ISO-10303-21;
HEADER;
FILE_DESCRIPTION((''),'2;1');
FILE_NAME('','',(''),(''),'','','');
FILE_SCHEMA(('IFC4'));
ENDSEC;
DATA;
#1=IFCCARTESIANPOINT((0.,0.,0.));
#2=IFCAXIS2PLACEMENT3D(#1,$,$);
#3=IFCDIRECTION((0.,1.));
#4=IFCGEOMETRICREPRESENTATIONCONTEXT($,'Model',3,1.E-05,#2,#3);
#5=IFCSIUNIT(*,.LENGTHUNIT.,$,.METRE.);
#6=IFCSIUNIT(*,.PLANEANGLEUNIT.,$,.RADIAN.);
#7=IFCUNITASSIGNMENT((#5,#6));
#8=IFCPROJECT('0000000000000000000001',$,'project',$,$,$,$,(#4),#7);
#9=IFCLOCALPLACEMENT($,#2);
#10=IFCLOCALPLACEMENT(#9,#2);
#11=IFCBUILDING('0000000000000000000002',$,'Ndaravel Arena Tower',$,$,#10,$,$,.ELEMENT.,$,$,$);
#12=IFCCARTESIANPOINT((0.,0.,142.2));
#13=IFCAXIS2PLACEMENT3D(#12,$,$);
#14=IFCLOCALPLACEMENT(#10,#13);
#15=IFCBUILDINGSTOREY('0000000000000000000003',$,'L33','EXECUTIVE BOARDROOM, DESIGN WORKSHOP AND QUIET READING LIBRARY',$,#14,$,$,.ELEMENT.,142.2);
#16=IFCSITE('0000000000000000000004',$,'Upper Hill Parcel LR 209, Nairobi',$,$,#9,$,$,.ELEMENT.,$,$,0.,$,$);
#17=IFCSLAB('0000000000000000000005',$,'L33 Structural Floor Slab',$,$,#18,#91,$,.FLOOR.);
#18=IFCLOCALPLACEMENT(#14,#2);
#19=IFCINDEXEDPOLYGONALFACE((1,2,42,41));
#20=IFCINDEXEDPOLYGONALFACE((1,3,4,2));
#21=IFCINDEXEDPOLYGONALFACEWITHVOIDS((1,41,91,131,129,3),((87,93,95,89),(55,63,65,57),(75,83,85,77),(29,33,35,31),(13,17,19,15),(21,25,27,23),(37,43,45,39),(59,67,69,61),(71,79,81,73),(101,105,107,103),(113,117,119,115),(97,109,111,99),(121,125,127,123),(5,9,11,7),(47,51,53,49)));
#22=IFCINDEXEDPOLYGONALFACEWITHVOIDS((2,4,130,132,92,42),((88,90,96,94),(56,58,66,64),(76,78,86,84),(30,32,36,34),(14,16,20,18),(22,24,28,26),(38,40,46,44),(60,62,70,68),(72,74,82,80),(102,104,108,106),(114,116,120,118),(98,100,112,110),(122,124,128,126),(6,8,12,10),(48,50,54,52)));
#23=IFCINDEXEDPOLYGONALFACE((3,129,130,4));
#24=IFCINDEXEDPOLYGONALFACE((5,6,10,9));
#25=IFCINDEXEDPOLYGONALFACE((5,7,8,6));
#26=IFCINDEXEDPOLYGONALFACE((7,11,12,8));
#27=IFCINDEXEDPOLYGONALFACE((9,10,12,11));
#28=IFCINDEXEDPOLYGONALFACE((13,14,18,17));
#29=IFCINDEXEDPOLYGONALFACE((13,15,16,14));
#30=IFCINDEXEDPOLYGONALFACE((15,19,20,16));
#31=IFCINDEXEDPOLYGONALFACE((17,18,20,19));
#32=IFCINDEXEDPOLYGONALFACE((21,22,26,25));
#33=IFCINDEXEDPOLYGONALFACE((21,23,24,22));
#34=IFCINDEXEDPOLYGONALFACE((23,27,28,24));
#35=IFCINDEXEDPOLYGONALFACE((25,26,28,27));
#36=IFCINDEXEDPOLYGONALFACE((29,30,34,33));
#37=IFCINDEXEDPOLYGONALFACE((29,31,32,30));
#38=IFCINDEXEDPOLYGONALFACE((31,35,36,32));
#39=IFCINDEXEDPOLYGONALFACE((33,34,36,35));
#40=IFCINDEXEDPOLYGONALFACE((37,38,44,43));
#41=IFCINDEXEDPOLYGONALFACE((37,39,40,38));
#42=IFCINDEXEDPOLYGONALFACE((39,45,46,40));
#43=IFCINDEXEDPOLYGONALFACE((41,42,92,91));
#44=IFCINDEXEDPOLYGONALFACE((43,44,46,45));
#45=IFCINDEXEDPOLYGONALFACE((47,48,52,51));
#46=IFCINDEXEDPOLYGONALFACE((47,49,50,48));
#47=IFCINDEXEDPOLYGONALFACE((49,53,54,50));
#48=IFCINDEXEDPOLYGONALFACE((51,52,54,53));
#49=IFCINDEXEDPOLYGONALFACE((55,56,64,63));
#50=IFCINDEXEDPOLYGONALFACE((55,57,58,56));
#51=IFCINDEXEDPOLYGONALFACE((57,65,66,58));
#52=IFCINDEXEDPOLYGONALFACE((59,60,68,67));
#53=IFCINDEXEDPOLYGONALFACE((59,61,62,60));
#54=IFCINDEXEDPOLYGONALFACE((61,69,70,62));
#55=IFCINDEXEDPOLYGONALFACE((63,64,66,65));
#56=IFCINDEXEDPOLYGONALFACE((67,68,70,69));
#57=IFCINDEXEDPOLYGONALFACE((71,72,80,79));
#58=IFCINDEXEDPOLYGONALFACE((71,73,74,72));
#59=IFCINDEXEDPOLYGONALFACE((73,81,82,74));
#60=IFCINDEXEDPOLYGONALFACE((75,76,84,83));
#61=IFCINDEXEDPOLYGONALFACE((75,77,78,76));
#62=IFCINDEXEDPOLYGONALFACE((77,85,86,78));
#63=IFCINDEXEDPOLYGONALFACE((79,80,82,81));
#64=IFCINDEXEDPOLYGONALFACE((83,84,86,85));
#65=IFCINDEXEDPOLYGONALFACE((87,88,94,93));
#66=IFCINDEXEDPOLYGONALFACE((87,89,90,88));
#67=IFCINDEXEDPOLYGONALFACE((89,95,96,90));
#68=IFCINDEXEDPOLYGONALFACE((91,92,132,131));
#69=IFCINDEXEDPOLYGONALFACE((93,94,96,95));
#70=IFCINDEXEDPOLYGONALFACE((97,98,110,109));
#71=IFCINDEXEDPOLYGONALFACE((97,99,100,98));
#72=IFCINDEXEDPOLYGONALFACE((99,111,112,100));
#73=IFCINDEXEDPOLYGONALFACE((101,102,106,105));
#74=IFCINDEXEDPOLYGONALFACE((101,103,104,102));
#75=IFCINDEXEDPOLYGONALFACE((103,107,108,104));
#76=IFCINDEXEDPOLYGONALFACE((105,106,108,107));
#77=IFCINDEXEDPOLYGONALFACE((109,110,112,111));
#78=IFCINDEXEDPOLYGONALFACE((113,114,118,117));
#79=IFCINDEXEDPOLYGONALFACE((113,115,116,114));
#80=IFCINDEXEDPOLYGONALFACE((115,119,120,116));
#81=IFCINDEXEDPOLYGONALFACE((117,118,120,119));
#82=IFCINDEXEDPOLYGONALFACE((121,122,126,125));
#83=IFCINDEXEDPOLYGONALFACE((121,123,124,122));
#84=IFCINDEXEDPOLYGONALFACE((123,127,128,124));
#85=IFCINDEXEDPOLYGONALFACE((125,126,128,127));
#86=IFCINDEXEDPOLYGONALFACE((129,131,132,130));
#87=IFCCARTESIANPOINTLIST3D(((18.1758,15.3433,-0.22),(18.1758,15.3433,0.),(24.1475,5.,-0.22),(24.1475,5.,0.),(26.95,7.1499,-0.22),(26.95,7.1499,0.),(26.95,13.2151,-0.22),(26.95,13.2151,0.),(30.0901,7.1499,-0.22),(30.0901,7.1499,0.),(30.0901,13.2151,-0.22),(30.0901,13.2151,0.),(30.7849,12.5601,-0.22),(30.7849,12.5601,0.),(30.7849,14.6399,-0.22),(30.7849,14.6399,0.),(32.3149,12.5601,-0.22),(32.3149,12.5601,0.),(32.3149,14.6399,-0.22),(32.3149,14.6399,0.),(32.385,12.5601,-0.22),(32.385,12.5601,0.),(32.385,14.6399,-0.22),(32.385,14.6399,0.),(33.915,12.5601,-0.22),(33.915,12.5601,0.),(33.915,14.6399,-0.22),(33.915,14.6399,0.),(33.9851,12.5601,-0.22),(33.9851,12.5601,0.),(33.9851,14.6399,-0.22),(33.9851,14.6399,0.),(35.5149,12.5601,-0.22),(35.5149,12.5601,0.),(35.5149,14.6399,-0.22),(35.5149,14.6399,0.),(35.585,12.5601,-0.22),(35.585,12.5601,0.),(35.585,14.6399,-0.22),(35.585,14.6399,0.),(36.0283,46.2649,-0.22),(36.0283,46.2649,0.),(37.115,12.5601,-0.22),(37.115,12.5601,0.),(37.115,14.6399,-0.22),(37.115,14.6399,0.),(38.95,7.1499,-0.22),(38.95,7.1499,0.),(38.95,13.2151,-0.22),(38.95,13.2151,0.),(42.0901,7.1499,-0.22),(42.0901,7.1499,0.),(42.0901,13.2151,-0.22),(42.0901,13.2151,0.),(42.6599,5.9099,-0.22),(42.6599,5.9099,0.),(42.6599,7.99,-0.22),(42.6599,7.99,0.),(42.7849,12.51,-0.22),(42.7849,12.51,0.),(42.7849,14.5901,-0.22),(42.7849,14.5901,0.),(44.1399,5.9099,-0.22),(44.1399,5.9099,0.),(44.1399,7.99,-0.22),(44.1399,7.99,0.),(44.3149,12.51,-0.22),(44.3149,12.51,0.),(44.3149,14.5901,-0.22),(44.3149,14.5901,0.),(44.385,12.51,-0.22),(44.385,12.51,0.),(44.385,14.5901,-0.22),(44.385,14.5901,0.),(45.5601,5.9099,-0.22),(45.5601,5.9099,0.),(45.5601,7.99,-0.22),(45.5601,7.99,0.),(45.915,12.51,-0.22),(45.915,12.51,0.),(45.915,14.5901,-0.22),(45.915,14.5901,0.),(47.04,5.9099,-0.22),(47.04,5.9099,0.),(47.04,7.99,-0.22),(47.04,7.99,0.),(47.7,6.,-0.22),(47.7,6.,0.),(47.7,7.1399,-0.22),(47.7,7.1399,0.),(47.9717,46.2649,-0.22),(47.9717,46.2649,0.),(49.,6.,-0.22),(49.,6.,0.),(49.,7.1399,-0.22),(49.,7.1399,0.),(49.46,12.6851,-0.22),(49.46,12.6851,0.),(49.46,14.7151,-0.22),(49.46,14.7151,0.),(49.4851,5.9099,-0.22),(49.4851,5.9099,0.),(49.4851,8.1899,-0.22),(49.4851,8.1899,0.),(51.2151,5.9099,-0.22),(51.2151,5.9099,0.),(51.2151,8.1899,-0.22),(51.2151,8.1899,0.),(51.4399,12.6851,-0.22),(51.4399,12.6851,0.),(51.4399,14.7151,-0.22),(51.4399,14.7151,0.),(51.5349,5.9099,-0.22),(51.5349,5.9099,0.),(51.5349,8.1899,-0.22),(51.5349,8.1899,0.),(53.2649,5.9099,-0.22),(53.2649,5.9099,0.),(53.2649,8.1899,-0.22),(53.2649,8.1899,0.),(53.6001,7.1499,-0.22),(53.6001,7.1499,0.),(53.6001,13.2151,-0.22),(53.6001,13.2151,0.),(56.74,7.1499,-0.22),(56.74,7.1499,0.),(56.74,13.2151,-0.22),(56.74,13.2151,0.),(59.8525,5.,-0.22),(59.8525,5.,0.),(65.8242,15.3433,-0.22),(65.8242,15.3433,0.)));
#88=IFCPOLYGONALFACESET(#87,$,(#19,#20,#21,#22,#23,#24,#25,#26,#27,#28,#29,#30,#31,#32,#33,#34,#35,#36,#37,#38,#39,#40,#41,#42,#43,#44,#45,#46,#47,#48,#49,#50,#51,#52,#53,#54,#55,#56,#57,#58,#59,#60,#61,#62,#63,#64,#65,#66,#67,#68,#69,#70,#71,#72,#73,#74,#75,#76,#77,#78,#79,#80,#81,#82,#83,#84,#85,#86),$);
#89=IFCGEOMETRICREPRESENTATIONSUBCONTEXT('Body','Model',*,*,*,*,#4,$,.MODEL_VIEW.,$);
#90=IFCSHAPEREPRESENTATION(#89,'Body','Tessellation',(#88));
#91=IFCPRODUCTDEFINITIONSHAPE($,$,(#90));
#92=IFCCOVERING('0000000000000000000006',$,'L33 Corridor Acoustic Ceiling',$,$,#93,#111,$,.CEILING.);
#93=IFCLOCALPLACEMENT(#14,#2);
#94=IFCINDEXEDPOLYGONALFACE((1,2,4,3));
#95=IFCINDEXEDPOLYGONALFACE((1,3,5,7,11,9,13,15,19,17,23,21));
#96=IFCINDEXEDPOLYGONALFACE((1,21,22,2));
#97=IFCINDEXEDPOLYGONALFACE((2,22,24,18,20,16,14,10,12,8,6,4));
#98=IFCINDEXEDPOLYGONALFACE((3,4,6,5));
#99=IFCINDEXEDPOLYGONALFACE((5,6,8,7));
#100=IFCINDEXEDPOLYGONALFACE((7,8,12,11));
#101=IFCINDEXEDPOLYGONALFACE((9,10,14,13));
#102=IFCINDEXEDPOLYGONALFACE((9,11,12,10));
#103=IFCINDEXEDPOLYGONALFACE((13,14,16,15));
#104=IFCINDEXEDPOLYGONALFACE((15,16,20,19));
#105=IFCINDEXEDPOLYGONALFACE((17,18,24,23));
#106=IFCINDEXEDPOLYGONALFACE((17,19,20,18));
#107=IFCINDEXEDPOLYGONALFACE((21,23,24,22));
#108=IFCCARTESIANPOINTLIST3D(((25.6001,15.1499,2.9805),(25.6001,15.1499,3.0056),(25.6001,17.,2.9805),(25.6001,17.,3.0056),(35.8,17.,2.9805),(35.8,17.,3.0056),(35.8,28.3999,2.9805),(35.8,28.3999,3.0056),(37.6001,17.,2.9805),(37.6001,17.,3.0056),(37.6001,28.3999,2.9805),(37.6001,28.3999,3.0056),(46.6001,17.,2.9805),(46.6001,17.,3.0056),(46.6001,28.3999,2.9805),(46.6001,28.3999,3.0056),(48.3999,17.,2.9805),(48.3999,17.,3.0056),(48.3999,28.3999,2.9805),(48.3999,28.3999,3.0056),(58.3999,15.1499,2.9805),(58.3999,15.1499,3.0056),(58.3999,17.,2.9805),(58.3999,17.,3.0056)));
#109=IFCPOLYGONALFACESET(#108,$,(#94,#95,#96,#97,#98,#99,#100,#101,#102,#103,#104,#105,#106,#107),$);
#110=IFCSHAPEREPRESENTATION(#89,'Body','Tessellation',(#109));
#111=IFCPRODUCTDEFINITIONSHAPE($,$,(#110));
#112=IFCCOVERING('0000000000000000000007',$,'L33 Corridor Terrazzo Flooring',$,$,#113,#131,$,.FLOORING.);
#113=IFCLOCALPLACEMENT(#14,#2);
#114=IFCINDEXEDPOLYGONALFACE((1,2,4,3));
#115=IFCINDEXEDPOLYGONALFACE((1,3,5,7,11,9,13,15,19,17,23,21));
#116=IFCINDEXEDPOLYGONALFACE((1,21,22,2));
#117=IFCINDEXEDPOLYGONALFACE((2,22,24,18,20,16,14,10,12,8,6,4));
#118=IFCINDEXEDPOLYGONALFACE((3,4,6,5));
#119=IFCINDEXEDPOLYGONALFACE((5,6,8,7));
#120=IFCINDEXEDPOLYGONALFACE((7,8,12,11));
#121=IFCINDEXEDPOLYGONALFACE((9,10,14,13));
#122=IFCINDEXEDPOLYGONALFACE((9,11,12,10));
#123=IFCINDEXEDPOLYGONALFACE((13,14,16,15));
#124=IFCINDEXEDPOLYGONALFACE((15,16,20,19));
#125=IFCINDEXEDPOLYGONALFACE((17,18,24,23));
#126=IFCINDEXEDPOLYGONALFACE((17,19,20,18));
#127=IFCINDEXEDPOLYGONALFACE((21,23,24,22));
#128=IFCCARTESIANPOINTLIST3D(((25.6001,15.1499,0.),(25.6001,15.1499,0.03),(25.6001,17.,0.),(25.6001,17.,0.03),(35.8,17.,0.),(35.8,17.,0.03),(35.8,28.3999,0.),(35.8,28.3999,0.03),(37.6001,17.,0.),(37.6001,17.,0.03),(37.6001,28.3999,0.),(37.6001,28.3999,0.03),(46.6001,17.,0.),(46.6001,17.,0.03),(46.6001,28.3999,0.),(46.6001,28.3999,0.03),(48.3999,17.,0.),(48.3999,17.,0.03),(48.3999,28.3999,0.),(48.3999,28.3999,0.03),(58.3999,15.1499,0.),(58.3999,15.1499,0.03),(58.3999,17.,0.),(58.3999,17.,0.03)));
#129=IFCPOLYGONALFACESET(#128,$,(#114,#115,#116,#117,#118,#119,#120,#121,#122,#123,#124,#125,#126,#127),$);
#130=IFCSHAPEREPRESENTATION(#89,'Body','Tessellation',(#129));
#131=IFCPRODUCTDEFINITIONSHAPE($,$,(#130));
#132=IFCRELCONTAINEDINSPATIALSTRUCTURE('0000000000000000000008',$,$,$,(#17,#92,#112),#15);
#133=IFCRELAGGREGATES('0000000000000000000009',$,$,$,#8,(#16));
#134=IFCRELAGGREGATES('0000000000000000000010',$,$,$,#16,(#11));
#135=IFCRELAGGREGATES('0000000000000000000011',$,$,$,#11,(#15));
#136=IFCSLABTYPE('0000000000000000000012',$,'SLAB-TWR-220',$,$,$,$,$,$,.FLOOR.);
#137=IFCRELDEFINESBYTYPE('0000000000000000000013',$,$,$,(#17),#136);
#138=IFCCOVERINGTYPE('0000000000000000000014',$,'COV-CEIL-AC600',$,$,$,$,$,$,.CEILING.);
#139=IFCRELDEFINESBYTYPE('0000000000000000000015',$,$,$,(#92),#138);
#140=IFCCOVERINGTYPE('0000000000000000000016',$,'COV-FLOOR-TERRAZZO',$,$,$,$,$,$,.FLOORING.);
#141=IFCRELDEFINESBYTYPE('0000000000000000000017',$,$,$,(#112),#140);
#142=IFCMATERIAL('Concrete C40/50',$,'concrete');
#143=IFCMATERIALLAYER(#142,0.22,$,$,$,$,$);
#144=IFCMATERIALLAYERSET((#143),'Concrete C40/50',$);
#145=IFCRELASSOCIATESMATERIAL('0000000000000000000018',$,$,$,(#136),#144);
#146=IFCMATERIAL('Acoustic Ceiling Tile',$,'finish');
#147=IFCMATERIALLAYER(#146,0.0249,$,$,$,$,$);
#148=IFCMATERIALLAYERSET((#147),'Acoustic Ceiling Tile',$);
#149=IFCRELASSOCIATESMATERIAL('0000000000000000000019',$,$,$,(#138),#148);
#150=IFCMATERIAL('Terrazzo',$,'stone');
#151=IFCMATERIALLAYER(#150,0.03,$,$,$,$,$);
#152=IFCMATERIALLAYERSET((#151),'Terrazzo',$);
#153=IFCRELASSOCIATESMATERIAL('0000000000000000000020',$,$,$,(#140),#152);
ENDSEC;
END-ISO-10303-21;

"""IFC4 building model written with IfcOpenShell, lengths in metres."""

from ifc_helpers import new_model, si_unit, direction, frame, origin, place, context, subcontext, project, spatial, polyline, outline, extrude, material, layer, layer_set, type_object, element, save


model = new_model("IFC4")

# Units and contexts
model_context = context("Model", 3, precision=1e-05, world=origin(), true_north=direction((0.0, 1.0)))
body_context = subcontext(model_context, "Body", "Model", "MODEL_VIEW")
ifc_project = project(units=[si_unit("LENGTHUNIT", "METRE"), si_unit("PLANEANGLEUNIT", "RADIAN")], contexts=[model_context])

# Site, building, storey
site_placement = place(None, origin())
site = spatial("IfcSite", under=ifc_project, at=site_placement, Name="Upper Hill Parcel LR 209, Nairobi", CompositionType="ELEMENT", RefElevation=0.0)
building_placement = place(site_placement, origin())
building = spatial("IfcBuilding", under=site, at=building_placement, Name="Ndaravel Arena Tower", CompositionType="ELEMENT")
storey_placement = place(building_placement, frame((0.0, 0.0, 142.2)))
storey = spatial("IfcBuildingStorey", under=building, at=storey_placement, Name="L33", Description="EXECUTIVE BOARDROOM, DESIGN WORKSHOP AND QUIET READING LIBRARY", CompositionType="ELEMENT", Elevation=142.2)

# Slab
ifc_material_1 = material(Name="Concrete C40/50", Category="concrete")
ifc_layer_1 = layer(ifc_material_1, 0.22)
ifc_layer_set_1 = layer_set([ifc_layer_1], Name="Concrete C40/50")
slab_type_1 = type_object("IfcSlabType", Name="SLAB-TWR-220", PredefinedType="FLOOR", material=ifc_layer_set_1)
slab_1_placement = place(storey_placement, frame((0.0, 0.0, -0.22)))
element("IfcSlab", 1, at=slab_1_placement, inside=storey, type_object=slab_type_1, Name="L33 Structural Floor Slab", PredefinedType="FLOOR", context=body_context, shape_type="SweptSolid", body=[
    extrude(outline(polyline([(18.1758, 15.3433), (24.1475, 5.0), (59.8525, 5.0), (65.8242, 15.3433), (47.9717, 46.2649), (36.0283, 46.2649), (18.1758, 15.3433)]), holes=[polyline([(26.95, 13.2151), (26.95, 7.1499), (30.0901, 7.1499), (30.0901, 13.2151), (26.95, 13.2151)]), polyline([(38.95, 13.2151), (38.95, 7.1499), (42.0901, 7.1499), (42.0901, 13.2151), (38.95, 13.2151)]), polyline([(53.6001, 13.2151), (53.6001, 7.1499), (56.74, 7.1499), (56.74, 13.2151), (53.6001, 13.2151)]), polyline([(30.7849, 12.5601), (32.3149, 12.5601), (32.3149, 14.6399), (30.7849, 14.6399), (30.7849, 12.5601)]), polyline([(32.385, 12.5601), (33.915, 12.5601), (33.915, 14.6399), (32.385, 14.6399), (32.385, 12.5601)]), polyline([(33.9851, 12.5601), (35.5149, 12.5601), (35.5149, 14.6399), (33.9851, 14.6399), (33.9851, 12.5601)]), polyline([(35.585, 12.5601), (37.115, 12.5601), (37.115, 14.6399), (35.585, 14.6399), (35.585, 12.5601)]), polyline([(42.6599, 5.9099), (44.1399, 5.9099), (44.1399, 7.99), (42.6599, 7.99), (42.6599, 5.9099)]), polyline([(45.5601, 5.9099), (47.04, 5.9099), (47.04, 7.99), (45.5601, 7.99), (45.5601, 5.9099)]), polyline([(42.7849, 12.51), (44.3149, 12.51), (44.3149, 14.5901), (42.7849, 14.5901), (42.7849, 12.51)]), polyline([(44.385, 12.51), (45.915, 12.51), (45.915, 14.5901), (44.385, 14.5901), (44.385, 12.51)]), polyline([(49.4851, 5.9099), (51.2151, 5.9099), (51.2151, 8.1899), (49.4851, 8.1899), (49.4851, 5.9099)]), polyline([(51.5349, 5.9099), (53.2649, 5.9099), (53.2649, 8.1899), (51.5349, 8.1899), (51.5349, 5.9099)]), polyline([(49.46, 12.6851), (51.4399, 12.6851), (51.4399, 14.7151), (49.46, 14.7151), (49.46, 12.6851)]), polyline([(47.7, 6.0), (49.0, 6.0), (49.0, 7.1399), (47.7, 7.1399), (47.7, 6.0)])]), origin(), (0.0, 0.0, 1.0), 0.22),
])

# Coverings
ifc_material_2 = material(Name="Acoustic Ceiling Tile", Category="finish")
ifc_layer_2 = layer(ifc_material_2, 0.0249)
ifc_layer_set_2 = layer_set([ifc_layer_2], Name="Acoustic Ceiling Tile")
covering_type_1 = type_object("IfcCoveringType", Name="COV-CEIL-AC600", PredefinedType="CEILING", material=ifc_layer_set_2)
covering_1_placement = place(storey_placement, frame((0.0, 0.0, 2.9805)))
element("IfcCovering", 2, at=covering_1_placement, inside=storey, type_object=covering_type_1, Name="L33 Corridor Acoustic Ceiling", PredefinedType="CEILING", context=body_context, shape_type="SweptSolid", body=[
    extrude(outline(polyline([(58.3999, 17.0), (48.3999, 17.0), (48.3999, 28.3999), (46.6001, 28.3999), (46.6001, 17.0), (37.6001, 17.0), (37.6001, 28.3999), (35.8, 28.3999), (35.8, 17.0), (25.6001, 17.0), (25.6001, 15.1499), (58.3999, 15.1499), (58.3999, 17.0)])), origin(), (0.0, 0.0, 1.0), 0.0251),
])
ifc_material_3 = material(Name="Terrazzo", Category="stone")
ifc_layer_3 = layer(ifc_material_3, 0.03)
ifc_layer_set_3 = layer_set([ifc_layer_3], Name="Terrazzo")
covering_type_2 = type_object("IfcCoveringType", Name="COV-FLOOR-TERRAZZO", PredefinedType="FLOORING", material=ifc_layer_set_3)
covering_2_placement = place(storey_placement, origin())
element("IfcCovering", 3, at=covering_2_placement, inside=storey, type_object=covering_type_2, Name="L33 Corridor Terrazzo Flooring", PredefinedType="FLOORING", context=body_context, shape_type="SweptSolid", body=[
    extrude(outline(polyline([(58.3999, 17.0), (48.3999, 17.0), (48.3999, 28.3999), (46.6001, 28.3999), (46.6001, 17.0), (37.6001, 17.0), (37.6001, 28.3999), (35.8, 28.3999), (35.8, 17.0), (25.6001, 17.0), (25.6001, 15.1499), (58.3999, 15.1499), (58.3999, 17.0)])), origin(), (0.0, 0.0, 1.0), 0.03),
])

save(model, "model.ifc")
